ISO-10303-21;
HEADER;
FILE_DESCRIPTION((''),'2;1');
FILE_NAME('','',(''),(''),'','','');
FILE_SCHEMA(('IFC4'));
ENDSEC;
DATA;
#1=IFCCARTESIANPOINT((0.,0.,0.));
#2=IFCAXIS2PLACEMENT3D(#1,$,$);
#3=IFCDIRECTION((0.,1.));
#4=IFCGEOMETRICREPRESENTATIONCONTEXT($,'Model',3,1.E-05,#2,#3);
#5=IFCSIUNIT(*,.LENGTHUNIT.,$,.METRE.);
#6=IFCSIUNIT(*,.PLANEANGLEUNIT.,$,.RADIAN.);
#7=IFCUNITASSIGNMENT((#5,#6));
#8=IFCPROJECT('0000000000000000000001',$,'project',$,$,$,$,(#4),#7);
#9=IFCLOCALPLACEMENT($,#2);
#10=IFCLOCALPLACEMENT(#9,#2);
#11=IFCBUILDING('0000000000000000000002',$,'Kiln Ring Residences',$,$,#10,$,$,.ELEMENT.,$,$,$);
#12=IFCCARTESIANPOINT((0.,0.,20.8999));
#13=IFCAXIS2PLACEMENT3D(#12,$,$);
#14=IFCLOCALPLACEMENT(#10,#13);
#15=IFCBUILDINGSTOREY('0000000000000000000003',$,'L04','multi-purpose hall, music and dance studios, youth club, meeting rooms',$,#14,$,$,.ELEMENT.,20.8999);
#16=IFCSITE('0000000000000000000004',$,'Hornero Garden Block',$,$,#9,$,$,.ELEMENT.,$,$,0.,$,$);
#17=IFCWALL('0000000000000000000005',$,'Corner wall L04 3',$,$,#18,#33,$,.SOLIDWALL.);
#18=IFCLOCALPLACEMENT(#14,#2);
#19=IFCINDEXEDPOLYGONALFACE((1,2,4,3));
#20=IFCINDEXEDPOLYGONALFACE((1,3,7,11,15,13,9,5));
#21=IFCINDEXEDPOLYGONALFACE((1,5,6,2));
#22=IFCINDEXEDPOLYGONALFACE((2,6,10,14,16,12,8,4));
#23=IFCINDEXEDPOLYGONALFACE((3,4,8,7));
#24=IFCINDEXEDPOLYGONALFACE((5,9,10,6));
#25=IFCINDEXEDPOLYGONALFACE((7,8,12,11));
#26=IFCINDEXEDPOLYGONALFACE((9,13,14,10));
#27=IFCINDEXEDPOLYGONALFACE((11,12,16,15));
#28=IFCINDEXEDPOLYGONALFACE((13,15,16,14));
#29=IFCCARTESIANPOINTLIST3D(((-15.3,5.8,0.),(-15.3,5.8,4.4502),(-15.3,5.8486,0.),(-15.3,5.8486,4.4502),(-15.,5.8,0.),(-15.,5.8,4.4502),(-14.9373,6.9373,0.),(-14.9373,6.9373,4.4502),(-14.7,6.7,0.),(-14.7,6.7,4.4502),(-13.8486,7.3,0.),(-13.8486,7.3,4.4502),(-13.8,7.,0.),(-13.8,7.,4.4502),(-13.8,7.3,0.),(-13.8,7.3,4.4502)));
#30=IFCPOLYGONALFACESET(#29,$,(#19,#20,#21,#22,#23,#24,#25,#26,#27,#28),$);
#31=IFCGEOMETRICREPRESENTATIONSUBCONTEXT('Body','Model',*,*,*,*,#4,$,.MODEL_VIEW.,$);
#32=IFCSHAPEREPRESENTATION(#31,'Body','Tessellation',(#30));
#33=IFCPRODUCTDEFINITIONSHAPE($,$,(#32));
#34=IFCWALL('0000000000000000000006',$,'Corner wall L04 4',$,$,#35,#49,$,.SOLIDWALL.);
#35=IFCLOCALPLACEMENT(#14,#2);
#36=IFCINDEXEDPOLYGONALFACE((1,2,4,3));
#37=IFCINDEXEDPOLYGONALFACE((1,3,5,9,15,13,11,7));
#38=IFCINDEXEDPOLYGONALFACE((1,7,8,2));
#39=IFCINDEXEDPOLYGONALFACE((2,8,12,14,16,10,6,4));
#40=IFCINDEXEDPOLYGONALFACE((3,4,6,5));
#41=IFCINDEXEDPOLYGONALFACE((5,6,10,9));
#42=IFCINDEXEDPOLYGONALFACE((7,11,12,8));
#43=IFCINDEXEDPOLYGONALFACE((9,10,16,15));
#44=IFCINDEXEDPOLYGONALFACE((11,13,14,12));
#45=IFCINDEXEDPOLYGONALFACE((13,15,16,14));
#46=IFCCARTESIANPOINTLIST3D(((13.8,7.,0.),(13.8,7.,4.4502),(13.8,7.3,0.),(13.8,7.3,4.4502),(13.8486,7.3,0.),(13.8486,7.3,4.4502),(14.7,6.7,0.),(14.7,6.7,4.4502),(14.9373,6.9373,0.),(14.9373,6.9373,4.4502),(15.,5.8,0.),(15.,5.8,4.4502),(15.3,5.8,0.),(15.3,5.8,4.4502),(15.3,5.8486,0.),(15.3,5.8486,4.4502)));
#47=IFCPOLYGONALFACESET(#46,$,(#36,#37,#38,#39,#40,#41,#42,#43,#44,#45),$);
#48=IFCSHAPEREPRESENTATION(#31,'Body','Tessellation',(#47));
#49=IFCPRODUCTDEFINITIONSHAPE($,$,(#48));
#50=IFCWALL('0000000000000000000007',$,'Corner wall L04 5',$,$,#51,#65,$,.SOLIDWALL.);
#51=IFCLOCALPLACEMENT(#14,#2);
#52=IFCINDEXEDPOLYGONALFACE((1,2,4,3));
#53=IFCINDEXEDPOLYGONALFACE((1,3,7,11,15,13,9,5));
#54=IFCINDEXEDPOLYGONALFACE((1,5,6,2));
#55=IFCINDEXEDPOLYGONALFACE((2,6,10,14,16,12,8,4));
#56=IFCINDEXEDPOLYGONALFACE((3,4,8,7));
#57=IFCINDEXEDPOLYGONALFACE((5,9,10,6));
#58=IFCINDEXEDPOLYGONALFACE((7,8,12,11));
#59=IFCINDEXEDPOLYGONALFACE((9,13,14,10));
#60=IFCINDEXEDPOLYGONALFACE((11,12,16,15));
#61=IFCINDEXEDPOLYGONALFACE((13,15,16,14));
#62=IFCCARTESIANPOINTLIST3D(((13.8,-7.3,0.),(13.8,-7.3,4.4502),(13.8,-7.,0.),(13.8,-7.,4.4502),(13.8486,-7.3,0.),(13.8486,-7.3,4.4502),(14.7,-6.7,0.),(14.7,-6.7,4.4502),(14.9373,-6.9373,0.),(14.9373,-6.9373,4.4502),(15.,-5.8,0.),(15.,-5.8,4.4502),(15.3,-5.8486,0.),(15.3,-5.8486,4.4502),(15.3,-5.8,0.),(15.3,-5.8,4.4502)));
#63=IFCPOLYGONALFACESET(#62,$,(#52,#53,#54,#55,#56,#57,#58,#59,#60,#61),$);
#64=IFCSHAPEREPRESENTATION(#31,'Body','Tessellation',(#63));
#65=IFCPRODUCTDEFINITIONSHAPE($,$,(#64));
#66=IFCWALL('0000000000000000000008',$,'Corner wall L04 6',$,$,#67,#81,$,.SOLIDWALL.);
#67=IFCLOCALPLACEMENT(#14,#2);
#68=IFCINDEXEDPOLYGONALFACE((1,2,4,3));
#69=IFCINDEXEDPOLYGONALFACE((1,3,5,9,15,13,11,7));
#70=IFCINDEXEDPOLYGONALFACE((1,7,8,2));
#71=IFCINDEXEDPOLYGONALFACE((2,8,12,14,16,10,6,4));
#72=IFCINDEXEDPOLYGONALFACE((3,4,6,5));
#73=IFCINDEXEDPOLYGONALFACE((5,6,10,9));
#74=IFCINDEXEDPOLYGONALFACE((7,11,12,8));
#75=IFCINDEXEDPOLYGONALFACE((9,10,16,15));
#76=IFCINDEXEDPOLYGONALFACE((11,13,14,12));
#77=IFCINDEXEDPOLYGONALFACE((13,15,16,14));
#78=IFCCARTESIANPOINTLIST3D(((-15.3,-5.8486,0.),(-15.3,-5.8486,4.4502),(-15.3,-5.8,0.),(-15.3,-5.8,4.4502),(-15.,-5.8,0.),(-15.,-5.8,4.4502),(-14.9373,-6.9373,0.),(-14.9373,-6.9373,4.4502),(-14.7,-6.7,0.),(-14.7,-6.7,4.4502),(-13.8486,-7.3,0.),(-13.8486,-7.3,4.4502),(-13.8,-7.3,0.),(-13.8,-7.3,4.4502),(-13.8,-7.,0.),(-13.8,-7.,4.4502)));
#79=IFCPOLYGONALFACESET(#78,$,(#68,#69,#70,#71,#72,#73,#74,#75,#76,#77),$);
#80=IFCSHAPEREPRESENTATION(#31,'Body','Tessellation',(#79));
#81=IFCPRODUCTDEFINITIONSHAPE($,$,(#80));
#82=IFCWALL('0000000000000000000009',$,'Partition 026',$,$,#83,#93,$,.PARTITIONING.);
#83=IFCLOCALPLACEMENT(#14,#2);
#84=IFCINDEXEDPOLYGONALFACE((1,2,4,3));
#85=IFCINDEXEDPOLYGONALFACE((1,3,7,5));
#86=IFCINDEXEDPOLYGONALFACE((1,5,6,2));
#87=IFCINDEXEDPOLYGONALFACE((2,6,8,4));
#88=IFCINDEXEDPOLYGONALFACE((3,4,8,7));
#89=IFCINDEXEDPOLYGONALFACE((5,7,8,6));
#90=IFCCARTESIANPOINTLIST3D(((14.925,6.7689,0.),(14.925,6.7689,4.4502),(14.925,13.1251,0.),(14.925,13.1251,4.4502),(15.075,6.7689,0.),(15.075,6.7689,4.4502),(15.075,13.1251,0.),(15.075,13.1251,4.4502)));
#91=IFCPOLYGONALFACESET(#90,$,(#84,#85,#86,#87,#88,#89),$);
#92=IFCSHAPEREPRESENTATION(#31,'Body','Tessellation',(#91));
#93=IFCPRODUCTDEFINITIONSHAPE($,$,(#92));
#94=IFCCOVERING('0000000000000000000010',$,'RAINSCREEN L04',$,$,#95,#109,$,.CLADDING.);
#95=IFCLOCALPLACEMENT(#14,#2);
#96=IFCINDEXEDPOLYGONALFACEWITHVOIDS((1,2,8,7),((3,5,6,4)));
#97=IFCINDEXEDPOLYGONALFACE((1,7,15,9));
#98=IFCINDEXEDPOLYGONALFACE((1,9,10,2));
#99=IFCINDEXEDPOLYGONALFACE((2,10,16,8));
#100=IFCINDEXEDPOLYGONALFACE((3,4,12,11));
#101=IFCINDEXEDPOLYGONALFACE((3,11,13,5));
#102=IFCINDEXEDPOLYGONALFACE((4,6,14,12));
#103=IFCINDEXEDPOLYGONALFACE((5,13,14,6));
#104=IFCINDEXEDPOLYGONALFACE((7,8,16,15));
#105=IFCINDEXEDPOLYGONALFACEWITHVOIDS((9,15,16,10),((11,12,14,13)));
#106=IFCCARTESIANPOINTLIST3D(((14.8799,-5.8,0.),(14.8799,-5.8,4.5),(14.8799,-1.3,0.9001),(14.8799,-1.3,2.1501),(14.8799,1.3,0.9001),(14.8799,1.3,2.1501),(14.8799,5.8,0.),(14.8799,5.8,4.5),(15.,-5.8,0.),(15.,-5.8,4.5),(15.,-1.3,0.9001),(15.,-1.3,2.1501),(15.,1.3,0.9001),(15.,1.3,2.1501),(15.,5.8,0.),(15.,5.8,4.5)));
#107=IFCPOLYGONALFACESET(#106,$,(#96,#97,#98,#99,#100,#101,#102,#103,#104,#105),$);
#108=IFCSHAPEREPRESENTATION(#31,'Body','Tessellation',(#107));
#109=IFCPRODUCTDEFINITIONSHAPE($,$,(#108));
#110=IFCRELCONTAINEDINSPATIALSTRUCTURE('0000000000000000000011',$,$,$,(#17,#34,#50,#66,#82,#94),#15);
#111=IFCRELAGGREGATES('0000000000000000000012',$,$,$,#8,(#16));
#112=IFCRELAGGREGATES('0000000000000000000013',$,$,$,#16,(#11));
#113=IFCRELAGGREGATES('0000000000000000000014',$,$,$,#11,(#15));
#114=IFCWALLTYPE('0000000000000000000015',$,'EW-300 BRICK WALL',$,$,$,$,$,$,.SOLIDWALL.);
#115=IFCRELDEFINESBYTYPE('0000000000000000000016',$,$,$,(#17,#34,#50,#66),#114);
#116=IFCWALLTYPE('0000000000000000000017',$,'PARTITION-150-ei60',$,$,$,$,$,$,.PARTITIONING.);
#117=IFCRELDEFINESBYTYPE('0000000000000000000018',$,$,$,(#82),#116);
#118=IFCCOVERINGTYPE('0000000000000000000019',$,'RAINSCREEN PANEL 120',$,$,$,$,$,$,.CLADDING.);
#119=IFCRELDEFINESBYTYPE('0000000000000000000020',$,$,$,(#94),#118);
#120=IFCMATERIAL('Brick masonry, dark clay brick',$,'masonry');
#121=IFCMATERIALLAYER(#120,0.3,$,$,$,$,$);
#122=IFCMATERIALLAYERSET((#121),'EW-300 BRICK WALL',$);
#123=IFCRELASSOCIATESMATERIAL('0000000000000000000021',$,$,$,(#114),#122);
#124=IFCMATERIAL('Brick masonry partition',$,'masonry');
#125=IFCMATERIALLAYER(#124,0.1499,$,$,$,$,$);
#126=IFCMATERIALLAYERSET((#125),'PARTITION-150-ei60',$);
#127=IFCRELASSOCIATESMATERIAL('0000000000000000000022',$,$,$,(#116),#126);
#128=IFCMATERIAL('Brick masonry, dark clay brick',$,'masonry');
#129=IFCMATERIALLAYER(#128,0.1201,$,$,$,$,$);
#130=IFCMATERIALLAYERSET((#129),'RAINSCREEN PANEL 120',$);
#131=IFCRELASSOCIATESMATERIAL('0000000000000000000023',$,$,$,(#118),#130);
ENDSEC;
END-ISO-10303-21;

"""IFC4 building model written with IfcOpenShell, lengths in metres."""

from ifc_helpers import new_model, si_unit, direction, frame, frame_2d, origin, place, context, subcontext, project, spatial, polyline, rectangle, outline, extrude, material, layer, layer_set, type_object, element, save


model = new_model("IFC4")

# Units and contexts
model_context = context("Model", 3, precision=1e-05, world=origin(), true_north=direction((0.0, 1.0)))
body_context = subcontext(model_context, "Body", "Model", "MODEL_VIEW")
ifc_project = project(units=[si_unit("LENGTHUNIT", "METRE"), si_unit("PLANEANGLEUNIT", "RADIAN")], contexts=[model_context])

# Site, building, storey
site_placement = place(None, origin())
site = spatial("IfcSite", under=ifc_project, at=site_placement, Name="Hornero Garden Block", CompositionType="ELEMENT", RefElevation=0.0)
building_placement = place(site_placement, origin())
building = spatial("IfcBuilding", under=site, at=building_placement, Name="Kiln Ring Residences", CompositionType="ELEMENT")
storey_placement = place(building_placement, frame((0.0, 0.0, 20.8999)))
storey = spatial("IfcBuildingStorey", under=building, at=storey_placement, Name="L04", Description="multi-purpose hall, music and dance studios, youth club, meeting rooms", CompositionType="ELEMENT", Elevation=20.8999)

# Shared definitions
placement_1 = place(storey_placement, origin())

# Walls
ifc_material_1 = material(Name="Brick masonry, dark clay brick", Category="masonry")
ifc_layer_1 = layer(ifc_material_1, 0.3)
ifc_layer_set_1 = layer_set([ifc_layer_1], Name="EW-300 BRICK WALL")
wall_type_1 = type_object("IfcWallType", Name="EW-300 BRICK WALL", PredefinedType="SOLIDWALL", material=ifc_layer_set_1)
element("IfcWall", 1, at=placement_1, inside=storey, type_object=wall_type_1, Name="Corner wall L04 3", PredefinedType="SOLIDWALL", context=body_context, shape_type="SweptSolid", body=[
    extrude(outline(polyline([(-13.8486, 7.3), (-14.9373, 6.9373), (-15.3, 5.8486), (-15.3, 5.8), (-15.0, 5.8), (-14.7, 6.7), (-13.8, 7.0), (-13.8, 7.3), (-13.8486, 7.3)])), origin(), (0.0, 0.0, 1.0), 4.4502),
])
element("IfcWall", 2, at=placement_1, inside=storey, type_object=wall_type_1, Name="Corner wall L04 4", PredefinedType="SOLIDWALL", context=body_context, shape_type="SweptSolid", body=[
    extrude(outline(polyline([(14.9373, 6.9373), (13.8486, 7.3), (13.8, 7.3), (13.8, 7.0), (14.7, 6.7), (15.0, 5.8), (15.3, 5.8), (15.3, 5.8486), (14.9373, 6.9373)])), origin(), (0.0, 0.0, 1.0), 4.4502),
])
element("IfcWall", 3, at=placement_1, inside=storey, type_object=wall_type_1, Name="Corner wall L04 5", PredefinedType="SOLIDWALL", context=body_context, shape_type="SweptSolid", body=[
    extrude(outline(polyline([(14.9373, -6.9373), (15.3, -5.8486), (15.3, -5.8), (15.0, -5.8), (14.7, -6.7), (13.8, -7.0), (13.8, -7.3), (13.8486, -7.3), (14.9373, -6.9373)])), origin(), (0.0, 0.0, 1.0), 4.4502),
])
element("IfcWall", 4, at=placement_1, inside=storey, type_object=wall_type_1, Name="Corner wall L04 6", PredefinedType="SOLIDWALL", context=body_context, shape_type="SweptSolid", body=[
    extrude(outline(polyline([(-14.9373, -6.9373), (-13.8486, -7.3), (-13.8, -7.3), (-13.8, -7.0), (-14.7, -6.7), (-15.0, -5.8), (-15.3, -5.8), (-15.3, -5.8486), (-14.9373, -6.9373)])), origin(), (0.0, 0.0, 1.0), 4.4502),
])
ifc_material_2 = material(Name="Brick masonry partition", Category="masonry")
ifc_layer_2 = layer(ifc_material_2, 0.1499)
ifc_layer_set_2 = layer_set([ifc_layer_2], Name="PARTITION-150-ei60")
wall_type_2 = type_object("IfcWallType", Name="PARTITION-150-ei60", PredefinedType="PARTITIONING", material=ifc_layer_set_2)
wall_1_placement = place(storey_placement, frame((15.0, 6.7688, 0.0), z_axis=(0.0, 0.0, 1.0), x_axis=(0.0, 1.0, 0.0)))
element("IfcWall", 5, at=wall_1_placement, inside=storey, type_object=wall_type_2, Name="Partition 026", PredefinedType="PARTITIONING", context=body_context, shape_type="SweptSolid", body=[
    extrude(rectangle(XDim=6.3562, YDim=0.1499, at=frame_2d((3.1782, 0.0))), origin(), (0.0, 0.0, 1.0), 4.4502),
])

# Covering
ifc_material_3 = material(Name="Brick masonry, dark clay brick", Category="masonry")
ifc_layer_3 = layer(ifc_material_3, 0.1201)
ifc_layer_set_3 = layer_set([ifc_layer_3], Name="RAINSCREEN PANEL 120")
covering_type = type_object("IfcCoveringType", Name="RAINSCREEN PANEL 120", PredefinedType="CLADDING", material=ifc_layer_set_3)
covering_placement = place(storey_placement, frame((14.9399, 5.8, 0.0), z_axis=(0.0, 0.0, 1.0), x_axis=(0.0, -1.0, 0.0)))
element("IfcCovering", 6, at=covering_placement, inside=storey, type_object=covering_type, Name="RAINSCREEN L04", PredefinedType="CLADDING", context=body_context, shape_type="SweptSolid", body=[
    extrude(outline(polyline([(0.0, 0.0), (11.6001, 0.0), (11.6001, 4.5), (0.0, 4.5), (0.0, 0.0)]), holes=[polyline([(4.5, 2.1501), (4.5, 0.9001), (7.1001, 0.9001), (7.1001, 2.1501), (4.5, 2.1501)])]), frame((0.0, 0.0601, 0.0), z_axis=(0.0, -1.0, 0.0), x_axis=(1.0, 0.0, 0.0)), (0.0, 0.0, 1.0), 0.1201),
])

save(model, "model.ifc")
